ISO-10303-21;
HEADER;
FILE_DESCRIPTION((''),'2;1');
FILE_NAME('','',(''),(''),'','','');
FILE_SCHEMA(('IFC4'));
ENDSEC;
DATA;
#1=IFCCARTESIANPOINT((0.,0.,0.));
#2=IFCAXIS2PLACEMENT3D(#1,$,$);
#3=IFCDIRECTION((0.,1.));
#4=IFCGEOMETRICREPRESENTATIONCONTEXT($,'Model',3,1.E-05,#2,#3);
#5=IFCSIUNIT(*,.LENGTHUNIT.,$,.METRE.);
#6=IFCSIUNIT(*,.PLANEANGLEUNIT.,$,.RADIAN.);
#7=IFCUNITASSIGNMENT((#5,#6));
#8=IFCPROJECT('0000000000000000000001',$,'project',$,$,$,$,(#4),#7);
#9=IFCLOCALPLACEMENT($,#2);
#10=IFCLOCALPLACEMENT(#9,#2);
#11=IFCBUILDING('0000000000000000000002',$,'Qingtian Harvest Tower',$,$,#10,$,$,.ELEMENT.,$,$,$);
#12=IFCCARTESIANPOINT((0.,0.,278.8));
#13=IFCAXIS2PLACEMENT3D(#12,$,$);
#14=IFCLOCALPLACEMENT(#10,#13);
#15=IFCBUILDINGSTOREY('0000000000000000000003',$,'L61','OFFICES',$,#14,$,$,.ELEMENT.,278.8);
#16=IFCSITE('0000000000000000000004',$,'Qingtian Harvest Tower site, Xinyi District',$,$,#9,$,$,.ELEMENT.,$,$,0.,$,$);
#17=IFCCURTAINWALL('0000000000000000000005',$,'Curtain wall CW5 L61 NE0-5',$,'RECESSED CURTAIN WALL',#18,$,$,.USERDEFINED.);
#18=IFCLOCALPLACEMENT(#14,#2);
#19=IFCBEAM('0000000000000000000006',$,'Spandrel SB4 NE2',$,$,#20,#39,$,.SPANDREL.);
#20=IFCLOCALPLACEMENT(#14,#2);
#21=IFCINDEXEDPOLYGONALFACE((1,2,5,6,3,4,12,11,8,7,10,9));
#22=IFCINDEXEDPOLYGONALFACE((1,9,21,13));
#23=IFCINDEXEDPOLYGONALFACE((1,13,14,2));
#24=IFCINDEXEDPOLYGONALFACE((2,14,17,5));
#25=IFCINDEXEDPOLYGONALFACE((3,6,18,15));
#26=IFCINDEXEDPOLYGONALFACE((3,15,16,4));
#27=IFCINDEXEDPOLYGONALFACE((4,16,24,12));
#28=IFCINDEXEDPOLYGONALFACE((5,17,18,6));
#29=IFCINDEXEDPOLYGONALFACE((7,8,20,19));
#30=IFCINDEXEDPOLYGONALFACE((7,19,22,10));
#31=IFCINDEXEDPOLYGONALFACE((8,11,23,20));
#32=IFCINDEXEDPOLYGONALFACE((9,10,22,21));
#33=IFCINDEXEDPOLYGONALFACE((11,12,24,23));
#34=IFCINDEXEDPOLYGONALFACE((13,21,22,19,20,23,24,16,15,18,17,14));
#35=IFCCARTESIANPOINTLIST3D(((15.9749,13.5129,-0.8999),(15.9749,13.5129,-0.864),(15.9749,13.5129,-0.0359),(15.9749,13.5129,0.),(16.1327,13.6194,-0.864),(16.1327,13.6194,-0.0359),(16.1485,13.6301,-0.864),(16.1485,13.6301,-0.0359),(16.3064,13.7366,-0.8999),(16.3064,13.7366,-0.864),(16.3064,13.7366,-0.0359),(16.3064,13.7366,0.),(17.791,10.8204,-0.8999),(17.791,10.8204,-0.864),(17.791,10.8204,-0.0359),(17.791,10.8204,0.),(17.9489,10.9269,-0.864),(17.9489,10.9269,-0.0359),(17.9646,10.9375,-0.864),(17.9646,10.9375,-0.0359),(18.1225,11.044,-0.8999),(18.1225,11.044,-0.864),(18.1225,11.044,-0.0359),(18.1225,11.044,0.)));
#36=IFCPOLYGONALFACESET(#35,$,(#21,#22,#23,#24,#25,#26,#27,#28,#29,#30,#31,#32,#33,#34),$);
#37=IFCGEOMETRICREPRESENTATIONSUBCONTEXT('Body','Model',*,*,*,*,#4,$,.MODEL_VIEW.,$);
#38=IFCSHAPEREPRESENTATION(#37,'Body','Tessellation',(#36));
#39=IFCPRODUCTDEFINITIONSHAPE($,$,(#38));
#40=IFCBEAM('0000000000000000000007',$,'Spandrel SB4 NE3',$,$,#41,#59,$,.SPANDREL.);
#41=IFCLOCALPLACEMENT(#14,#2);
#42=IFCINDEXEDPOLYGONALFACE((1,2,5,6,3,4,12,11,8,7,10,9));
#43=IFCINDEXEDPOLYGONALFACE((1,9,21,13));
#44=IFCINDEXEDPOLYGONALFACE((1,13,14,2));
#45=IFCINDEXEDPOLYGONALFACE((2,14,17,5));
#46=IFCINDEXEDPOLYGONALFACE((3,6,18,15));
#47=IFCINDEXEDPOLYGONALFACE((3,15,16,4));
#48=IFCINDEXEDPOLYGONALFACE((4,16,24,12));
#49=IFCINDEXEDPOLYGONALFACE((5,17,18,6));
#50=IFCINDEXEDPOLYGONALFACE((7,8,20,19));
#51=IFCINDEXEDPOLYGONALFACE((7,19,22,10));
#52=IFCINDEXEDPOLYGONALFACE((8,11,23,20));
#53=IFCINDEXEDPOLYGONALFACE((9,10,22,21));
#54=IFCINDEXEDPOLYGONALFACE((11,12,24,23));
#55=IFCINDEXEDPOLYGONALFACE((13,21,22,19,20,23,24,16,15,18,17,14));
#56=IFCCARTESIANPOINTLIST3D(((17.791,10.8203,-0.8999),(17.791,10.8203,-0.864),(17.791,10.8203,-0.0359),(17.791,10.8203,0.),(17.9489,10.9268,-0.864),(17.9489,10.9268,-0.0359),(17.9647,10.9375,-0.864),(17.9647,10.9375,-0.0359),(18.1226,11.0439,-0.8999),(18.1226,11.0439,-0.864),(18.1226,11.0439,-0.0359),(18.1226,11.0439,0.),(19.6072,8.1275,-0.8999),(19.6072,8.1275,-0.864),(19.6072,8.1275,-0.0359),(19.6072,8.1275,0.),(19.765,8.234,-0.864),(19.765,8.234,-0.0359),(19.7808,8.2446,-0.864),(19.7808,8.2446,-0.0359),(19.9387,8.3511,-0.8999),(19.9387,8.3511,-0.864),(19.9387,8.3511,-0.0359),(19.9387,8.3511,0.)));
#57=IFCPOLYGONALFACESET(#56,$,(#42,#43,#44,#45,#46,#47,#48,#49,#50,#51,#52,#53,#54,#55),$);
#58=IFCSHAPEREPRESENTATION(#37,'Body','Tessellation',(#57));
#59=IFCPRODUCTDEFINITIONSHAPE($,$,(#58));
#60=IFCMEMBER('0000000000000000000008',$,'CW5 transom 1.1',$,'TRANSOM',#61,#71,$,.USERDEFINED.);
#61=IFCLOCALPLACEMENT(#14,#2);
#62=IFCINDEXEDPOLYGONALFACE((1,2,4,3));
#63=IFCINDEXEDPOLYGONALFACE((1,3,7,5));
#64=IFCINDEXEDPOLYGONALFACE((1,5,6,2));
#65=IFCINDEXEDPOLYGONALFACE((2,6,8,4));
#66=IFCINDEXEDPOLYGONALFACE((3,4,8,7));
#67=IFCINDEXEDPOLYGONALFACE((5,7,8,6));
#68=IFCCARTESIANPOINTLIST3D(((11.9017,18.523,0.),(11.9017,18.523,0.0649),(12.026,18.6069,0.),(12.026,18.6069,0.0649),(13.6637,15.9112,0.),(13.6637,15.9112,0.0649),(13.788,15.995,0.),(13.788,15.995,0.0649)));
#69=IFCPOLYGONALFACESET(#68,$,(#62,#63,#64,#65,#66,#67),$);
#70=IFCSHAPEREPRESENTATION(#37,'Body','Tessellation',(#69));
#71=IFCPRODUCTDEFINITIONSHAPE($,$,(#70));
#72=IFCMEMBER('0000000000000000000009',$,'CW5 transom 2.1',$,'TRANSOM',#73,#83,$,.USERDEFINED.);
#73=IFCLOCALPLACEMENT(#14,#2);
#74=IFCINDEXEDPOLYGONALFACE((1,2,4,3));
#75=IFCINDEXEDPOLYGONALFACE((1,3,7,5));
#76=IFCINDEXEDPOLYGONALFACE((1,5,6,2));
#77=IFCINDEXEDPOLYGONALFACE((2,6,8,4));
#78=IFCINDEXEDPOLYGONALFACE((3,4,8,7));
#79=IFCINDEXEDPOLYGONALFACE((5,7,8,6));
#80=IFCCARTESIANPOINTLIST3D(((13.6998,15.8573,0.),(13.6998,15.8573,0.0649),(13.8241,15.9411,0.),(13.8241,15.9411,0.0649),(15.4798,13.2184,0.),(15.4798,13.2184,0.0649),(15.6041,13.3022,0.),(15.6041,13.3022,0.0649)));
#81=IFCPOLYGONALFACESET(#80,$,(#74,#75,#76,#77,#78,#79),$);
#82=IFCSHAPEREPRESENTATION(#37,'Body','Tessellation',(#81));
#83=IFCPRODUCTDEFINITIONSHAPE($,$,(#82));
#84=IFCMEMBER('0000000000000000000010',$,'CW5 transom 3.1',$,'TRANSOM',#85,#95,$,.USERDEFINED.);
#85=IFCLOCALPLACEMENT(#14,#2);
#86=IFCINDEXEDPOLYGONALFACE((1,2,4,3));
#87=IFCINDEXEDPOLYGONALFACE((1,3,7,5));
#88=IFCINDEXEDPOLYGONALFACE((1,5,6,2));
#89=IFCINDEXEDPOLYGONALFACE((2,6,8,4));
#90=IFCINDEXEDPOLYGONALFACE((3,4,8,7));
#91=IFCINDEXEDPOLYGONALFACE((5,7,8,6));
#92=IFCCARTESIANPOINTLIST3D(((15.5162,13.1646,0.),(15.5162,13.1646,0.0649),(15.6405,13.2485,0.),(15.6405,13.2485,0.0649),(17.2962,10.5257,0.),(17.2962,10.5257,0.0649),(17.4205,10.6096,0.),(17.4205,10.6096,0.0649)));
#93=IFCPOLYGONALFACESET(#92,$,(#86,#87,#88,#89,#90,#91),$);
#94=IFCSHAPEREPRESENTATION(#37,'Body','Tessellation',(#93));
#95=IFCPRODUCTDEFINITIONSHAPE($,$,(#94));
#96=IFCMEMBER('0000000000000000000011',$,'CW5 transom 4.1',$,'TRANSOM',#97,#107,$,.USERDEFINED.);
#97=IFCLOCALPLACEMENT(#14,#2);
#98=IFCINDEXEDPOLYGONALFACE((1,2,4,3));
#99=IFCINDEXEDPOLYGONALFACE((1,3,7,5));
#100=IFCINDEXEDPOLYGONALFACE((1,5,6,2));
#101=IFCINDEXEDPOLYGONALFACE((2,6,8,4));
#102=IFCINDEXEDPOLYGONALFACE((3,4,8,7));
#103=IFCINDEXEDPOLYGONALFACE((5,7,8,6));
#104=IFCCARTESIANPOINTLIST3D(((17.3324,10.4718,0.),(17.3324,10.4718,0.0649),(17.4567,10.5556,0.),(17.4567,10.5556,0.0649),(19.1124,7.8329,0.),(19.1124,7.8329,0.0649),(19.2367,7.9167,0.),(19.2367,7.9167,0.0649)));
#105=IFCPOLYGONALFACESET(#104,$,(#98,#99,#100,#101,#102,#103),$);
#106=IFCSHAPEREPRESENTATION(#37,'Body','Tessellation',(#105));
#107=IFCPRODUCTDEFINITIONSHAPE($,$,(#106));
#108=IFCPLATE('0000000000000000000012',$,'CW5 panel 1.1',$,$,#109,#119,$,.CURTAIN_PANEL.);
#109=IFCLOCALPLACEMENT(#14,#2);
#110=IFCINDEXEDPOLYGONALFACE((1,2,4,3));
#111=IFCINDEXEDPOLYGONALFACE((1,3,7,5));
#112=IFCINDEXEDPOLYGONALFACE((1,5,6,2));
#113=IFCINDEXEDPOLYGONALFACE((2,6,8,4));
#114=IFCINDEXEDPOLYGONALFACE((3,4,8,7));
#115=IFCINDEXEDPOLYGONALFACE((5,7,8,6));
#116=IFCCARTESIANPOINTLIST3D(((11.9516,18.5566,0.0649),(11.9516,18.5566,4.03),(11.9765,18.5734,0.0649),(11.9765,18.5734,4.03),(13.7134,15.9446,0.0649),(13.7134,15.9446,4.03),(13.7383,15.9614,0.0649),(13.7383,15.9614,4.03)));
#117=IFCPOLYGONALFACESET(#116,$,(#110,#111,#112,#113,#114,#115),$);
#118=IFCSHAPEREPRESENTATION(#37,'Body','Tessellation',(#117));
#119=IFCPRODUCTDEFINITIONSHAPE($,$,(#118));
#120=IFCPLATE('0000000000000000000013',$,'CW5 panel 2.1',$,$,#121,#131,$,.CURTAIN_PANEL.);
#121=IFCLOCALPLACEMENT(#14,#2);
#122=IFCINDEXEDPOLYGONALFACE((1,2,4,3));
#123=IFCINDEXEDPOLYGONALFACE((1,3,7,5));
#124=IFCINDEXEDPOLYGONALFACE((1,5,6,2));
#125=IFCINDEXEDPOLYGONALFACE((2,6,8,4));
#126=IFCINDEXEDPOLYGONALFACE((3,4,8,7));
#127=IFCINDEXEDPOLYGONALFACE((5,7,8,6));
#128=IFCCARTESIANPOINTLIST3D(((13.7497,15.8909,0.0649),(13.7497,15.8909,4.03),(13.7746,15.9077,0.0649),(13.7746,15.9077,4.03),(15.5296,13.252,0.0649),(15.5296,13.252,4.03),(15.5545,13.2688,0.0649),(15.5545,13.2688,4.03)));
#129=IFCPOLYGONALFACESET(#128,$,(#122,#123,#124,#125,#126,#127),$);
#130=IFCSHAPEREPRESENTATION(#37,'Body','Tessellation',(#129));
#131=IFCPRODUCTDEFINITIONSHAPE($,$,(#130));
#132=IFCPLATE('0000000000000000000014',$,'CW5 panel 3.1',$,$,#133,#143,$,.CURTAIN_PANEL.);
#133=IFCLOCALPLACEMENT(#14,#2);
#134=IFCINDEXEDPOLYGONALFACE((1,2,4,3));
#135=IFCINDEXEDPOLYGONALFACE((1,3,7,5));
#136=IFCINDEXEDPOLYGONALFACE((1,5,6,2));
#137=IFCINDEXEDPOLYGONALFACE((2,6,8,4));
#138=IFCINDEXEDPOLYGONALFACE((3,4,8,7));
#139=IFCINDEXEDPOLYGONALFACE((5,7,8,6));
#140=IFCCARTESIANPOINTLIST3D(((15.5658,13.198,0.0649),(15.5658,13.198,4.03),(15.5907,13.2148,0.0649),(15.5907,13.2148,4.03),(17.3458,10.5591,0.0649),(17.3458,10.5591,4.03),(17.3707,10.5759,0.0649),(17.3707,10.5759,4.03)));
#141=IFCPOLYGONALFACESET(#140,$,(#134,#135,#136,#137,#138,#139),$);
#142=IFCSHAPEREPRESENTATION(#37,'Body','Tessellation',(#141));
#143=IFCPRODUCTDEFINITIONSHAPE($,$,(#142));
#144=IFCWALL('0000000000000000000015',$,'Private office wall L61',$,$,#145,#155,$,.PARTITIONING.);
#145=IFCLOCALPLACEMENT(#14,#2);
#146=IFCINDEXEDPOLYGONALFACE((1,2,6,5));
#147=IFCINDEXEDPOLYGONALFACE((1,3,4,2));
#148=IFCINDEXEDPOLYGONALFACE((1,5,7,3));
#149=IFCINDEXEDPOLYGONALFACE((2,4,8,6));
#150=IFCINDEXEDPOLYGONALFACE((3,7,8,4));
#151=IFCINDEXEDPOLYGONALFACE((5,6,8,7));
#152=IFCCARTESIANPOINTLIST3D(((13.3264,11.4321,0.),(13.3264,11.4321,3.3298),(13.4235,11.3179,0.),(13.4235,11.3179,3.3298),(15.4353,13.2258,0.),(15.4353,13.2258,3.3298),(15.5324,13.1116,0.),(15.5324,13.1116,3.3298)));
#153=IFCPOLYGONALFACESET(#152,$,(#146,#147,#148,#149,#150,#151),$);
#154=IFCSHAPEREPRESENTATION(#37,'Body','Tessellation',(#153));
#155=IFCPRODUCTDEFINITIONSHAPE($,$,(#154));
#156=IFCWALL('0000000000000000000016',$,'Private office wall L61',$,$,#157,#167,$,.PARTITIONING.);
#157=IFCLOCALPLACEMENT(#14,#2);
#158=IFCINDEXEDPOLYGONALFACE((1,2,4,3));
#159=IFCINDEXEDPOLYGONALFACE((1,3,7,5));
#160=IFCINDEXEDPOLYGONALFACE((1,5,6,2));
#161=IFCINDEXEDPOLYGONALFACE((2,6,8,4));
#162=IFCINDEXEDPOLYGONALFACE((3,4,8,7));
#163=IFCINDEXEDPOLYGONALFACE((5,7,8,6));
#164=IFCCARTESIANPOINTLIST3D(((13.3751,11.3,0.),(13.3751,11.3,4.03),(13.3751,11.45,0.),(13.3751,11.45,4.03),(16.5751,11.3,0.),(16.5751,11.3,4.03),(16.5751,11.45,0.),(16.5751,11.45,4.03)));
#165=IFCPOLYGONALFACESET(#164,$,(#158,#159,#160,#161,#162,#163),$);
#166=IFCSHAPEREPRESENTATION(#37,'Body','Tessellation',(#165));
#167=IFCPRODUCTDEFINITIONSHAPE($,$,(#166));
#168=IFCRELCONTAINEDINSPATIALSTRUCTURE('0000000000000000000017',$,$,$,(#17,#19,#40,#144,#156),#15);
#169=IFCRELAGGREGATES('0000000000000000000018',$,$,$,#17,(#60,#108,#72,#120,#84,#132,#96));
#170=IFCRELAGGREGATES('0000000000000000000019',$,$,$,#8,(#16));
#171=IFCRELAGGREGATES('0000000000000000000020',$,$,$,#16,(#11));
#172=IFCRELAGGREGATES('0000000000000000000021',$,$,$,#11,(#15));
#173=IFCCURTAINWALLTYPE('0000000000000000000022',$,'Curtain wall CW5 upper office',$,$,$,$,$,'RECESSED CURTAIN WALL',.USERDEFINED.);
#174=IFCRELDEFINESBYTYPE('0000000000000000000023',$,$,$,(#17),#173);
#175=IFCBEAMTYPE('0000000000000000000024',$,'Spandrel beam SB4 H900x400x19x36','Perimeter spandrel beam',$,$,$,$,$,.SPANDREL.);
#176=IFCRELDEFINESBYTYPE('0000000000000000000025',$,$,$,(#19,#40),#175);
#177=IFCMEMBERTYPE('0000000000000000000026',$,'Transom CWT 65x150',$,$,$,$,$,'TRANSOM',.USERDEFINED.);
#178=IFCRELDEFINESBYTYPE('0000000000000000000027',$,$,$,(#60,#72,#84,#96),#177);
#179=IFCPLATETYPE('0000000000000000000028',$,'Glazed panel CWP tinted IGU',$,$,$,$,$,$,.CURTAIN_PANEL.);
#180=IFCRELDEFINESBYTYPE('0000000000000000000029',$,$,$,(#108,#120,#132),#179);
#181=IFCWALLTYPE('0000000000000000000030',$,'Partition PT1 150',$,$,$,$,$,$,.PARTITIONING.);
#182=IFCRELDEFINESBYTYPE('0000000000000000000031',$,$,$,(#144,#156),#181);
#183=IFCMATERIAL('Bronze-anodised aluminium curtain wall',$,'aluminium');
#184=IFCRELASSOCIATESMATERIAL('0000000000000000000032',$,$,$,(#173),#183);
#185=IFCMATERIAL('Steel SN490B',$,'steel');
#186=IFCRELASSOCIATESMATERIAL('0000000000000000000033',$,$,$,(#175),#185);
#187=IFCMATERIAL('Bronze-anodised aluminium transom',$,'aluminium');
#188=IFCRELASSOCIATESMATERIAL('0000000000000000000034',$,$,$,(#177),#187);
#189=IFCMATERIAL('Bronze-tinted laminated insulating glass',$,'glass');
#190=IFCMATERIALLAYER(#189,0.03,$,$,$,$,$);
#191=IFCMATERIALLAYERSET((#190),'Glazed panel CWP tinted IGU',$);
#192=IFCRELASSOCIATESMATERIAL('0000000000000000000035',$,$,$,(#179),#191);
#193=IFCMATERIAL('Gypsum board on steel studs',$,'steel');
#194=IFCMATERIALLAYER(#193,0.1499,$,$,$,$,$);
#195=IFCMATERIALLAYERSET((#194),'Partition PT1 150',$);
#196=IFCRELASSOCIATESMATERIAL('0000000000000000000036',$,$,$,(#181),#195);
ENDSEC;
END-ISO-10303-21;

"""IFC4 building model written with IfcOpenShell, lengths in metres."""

from ifc_helpers import new_model, si_unit, direction, frame, frame_2d, origin, origin_2d, place, context, subcontext, project, spatial, rectangle, i_section, extrude, material, layer, layer_set, material_profile, profile_set, type_object, element, aggregate, save


model = new_model("IFC4")

# Units and contexts
model_context = context("Model", 3, precision=1e-05, world=origin(), true_north=direction((0.0, 1.0)))
body_context = subcontext(model_context, "Body", "Model", "MODEL_VIEW")
ifc_project = project(units=[si_unit("LENGTHUNIT", "METRE"), si_unit("PLANEANGLEUNIT", "RADIAN")], contexts=[model_context])

# Site, building, storey
site_placement = place(None, origin())
site = spatial("IfcSite", under=ifc_project, at=site_placement, Name="Qingtian Harvest Tower site, Xinyi District", CompositionType="ELEMENT", RefElevation=0.0)
building_placement = place(site_placement, origin())
building = spatial("IfcBuilding", under=site, at=building_placement, Name="Qingtian Harvest Tower", CompositionType="ELEMENT")
storey_placement = place(building_placement, frame((0.0, 0.0, 278.8)))
storey = spatial("IfcBuildingStorey", under=building, at=storey_placement, Name="L61", Description="OFFICES", CompositionType="ELEMENT", Elevation=278.8)

# Shared definitions
ifc_material_1 = material(Name="Bronze-anodised aluminium curtain wall", Category="aluminium")
curtain_wall_type = type_object("IfcCurtainWallType", Name="Curtain wall CW5 upper office", ElementType="RECESSED CURTAIN WALL", PredefinedType="USERDEFINED", material=ifc_material_1)

# Curtain wall
curtain_wall_1_placement = place(storey_placement, origin())
curtain_wall_1 = element("IfcCurtainWall", 1, at=curtain_wall_1_placement, inside=storey, type_object=curtain_wall_type, Name="Curtain wall CW5 L61 NE0-5", ObjectType="RECESSED CURTAIN WALL", PredefinedType="USERDEFINED")

# Beams
ifc_material_2 = material(Name="Steel SN490B", Category="steel")
ifc_material_profile_1 = material_profile(ifc_material_2, i_section(OverallWidth=0.3999, OverallDepth=0.8999, WebThickness=0.019, FlangeThickness=0.0359, at=origin_2d()), Name="H900x400x19x36")
ifc_profile_set_1 = profile_set([ifc_material_profile_1], Name="Steel SN490B")
beam_type_1 = type_object("IfcBeamType", Name="Spandrel beam SB4 H900x400x19x36", Description="Perimeter spandrel beam", PredefinedType="SPANDREL", material=ifc_profile_set_1)
beam_1_placement = place(storey_placement, frame((16.1406, 13.6248, -0.45), z_axis=(0.559185, -0.829043, 0.0), x_axis=(0.829043, 0.559185, 0.0)))
element("IfcBeam", 2, at=beam_1_placement, inside=storey, type_object=beam_type_1, Name="Spandrel SB4 NE2", PredefinedType="SPANDREL", context=body_context, shape_type="SweptSolid", body=[
    extrude(i_section(OverallWidth=0.3999, OverallDepth=0.8999, WebThickness=0.019, FlangeThickness=0.0359, at=origin_2d()), origin(), (0.0, 0.0, 1.0), 3.2478),
])
beam_2_placement = place(storey_placement, frame((17.9568, 10.9321, -0.45), z_axis=(0.55915, -0.829066, 0.0), x_axis=(0.829066, 0.55915, 0.0)))
element("IfcBeam", 3, at=beam_2_placement, inside=storey, type_object=beam_type_1, Name="Spandrel SB4 NE3", PredefinedType="SPANDREL", context=body_context, shape_type="SweptSolid", body=[
    extrude(i_section(OverallWidth=0.3999, OverallDepth=0.8999, WebThickness=0.019, FlangeThickness=0.0359, at=origin_2d()), origin(), (0.0, 0.0, 1.0), 3.248),
])

# Members
ifc_material_3 = material(Name="Bronze-anodised aluminium transom", Category="aluminium")
ifc_material_profile_2 = material_profile(ifc_material_3, rectangle(XDim=0.1499, YDim=0.0649, at=origin_2d()), Name="AL 65x150")
ifc_profile_set_2 = profile_set([ifc_material_profile_2], Name="Bronze-anodised aluminium transom")
member_type_1 = type_object("IfcMemberType", Name="Transom CWT 65x150", ElementType="TRANSOM", PredefinedType="USERDEFINED", material=ifc_profile_set_2)
member_1_placement = place(storey_placement, frame((11.9639, 18.5649, 0.0325), z_axis=(0.559252, -0.828998, 0.0), x_axis=(0.828998, 0.559252, 0.0)))
member_1 = element("IfcMember", 4, at=member_1_placement, type_object=member_type_1, Name="CW5 transom 1.1", ObjectType="TRANSOM", PredefinedType="USERDEFINED", context=body_context, shape_type="SweptSolid", body=[
    extrude(rectangle(XDim=0.1499, YDim=0.0649, at=origin_2d()), origin(), (0.0, 0.0, 1.0), 3.1506),
])
member_2_placement = place(storey_placement, frame((13.762, 15.8992, 0.0325), z_axis=(0.559205, -0.829029, 0.0), x_axis=(0.829029, 0.559205, 0.0)))
member_2 = element("IfcMember", 5, at=member_2_placement, type_object=member_type_1, Name="CW5 transom 2.1", ObjectType="TRANSOM", PredefinedType="USERDEFINED", context=body_context, shape_type="SweptSolid", body=[
    extrude(rectangle(XDim=0.1499, YDim=0.0649, at=origin_2d()), origin(), (0.0, 0.0, 1.0), 3.1831),
])
member_3_placement = place(storey_placement, frame((15.5784, 13.2065, 0.0325), z_axis=(0.559205, -0.829029, 0.0), x_axis=(0.829029, 0.559205, 0.0)))
member_3 = element("IfcMember", 6, at=member_3_placement, type_object=member_type_1, Name="CW5 transom 3.1", ObjectType="TRANSOM", PredefinedType="USERDEFINED", context=body_context, shape_type="SweptSolid", body=[
    extrude(rectangle(XDim=0.1499, YDim=0.0649, at=origin_2d()), origin(), (0.0, 0.0, 1.0), 3.1831),
])
member_4_placement = place(storey_placement, frame((17.3945, 10.5137, 0.0325), z_axis=(0.559205, -0.829029, 0.0), x_axis=(0.829029, 0.559205, 0.0)))
member_4 = element("IfcMember", 7, at=member_4_placement, type_object=member_type_1, Name="CW5 transom 4.1", ObjectType="TRANSOM", PredefinedType="USERDEFINED", context=body_context, shape_type="SweptSolid", body=[
    extrude(rectangle(XDim=0.1499, YDim=0.0649, at=origin_2d()), origin(), (0.0, 0.0, 1.0), 3.1831),
])

# Plates
ifc_material_4 = material(Name="Bronze-tinted laminated insulating glass", Category="glass")
ifc_layer_1 = layer(ifc_material_4, 0.03)
ifc_layer_set_1 = layer_set([ifc_layer_1], Name="Glazed panel CWP tinted IGU")
plate_type = type_object("IfcPlateType", Name="Glazed panel CWP tinted IGU", PredefinedType="CURTAIN_PANEL", material=ifc_layer_set_1)
plate_1_placement = place(storey_placement, frame((12.845, 17.259, 0.0649), z_axis=(0.0, 0.0, 1.0), x_axis=(0.559193, -0.829038, 0.0)))
plate_1 = element("IfcPlate", 8, at=plate_1_placement, type_object=plate_type, Name="CW5 panel 1.1", PredefinedType="CURTAIN_PANEL", context=body_context, shape_type="SweptSolid", body=[
    extrude(rectangle(XDim=3.1506, YDim=0.03, at=origin_2d()), origin(), (0.0, 0.0, 1.0), 3.9651),
])
plate_2_placement = place(storey_placement, frame((14.6521, 14.5798, 0.0649), z_axis=(0.0, 0.0, 1.0), x_axis=(0.559193, -0.829038, 0.0)))
plate_2 = element("IfcPlate", 9, at=plate_2_placement, type_object=plate_type, Name="CW5 panel 2.1", PredefinedType="CURTAIN_PANEL", context=body_context, shape_type="SweptSolid", body=[
    extrude(rectangle(XDim=3.1831, YDim=0.03, at=origin_2d()), origin(), (0.0, 0.0, 1.0), 3.9651),
])
plate_3_placement = place(storey_placement, frame((16.4683, 11.887, 0.0649), z_axis=(0.0, 0.0, 1.0), x_axis=(0.559193, -0.829038, 0.0)))
plate_3 = element("IfcPlate", 10, at=plate_3_placement, type_object=plate_type, Name="CW5 panel 3.1", PredefinedType="CURTAIN_PANEL", context=body_context, shape_type="SweptSolid", body=[
    extrude(rectangle(XDim=3.1831, YDim=0.03, at=origin_2d()), origin(), (0.0, 0.0, 1.0), 3.9651),
])
aggregate(curtain_wall_1, [member_1, plate_1, member_2, plate_2, member_3, plate_3, member_4])

# Walls
ifc_material_5 = material(Name="Gypsum board on steel studs", Category="steel")
ifc_layer_2 = layer(ifc_material_5, 0.1499)
ifc_layer_set_2 = layer_set([ifc_layer_2], Name="Partition PT1 150")
wall_type = type_object("IfcWallType", Name="Partition PT1 150", PredefinedType="PARTITIONING", material=ifc_layer_set_2)
wall_1_placement = place(storey_placement, frame((15.4839, 13.1687, 0.0), z_axis=(0.0, 0.0, 1.0), x_axis=(-0.761735, -0.647889, 0.0)))
element("IfcWall", 11, at=wall_1_placement, inside=storey, type_object=wall_type, Name="Private office wall L61", PredefinedType="PARTITIONING", context=body_context, shape_type="SweptSolid", body=[
    extrude(rectangle(XDim=2.7686, YDim=0.1499, at=frame_2d((1.3843, 0.0))), origin(), (0.0, 0.0, 1.0), 3.3298),
])
wall_2_placement = place(storey_placement, frame((13.375, 11.375, 0.0), z_axis=(0.0, 0.0, 1.0), x_axis=(1.0, 0.0, 0.0)))
element("IfcWall", 12, at=wall_2_placement, inside=storey, type_object=wall_type, Name="Private office wall L61", PredefinedType="PARTITIONING", context=body_context, shape_type="SweptSolid", body=[
    extrude(rectangle(XDim=3.2, YDim=0.1499, at=frame_2d((1.6001, 0.0))), origin(), (0.0, 0.0, 1.0), 4.03),
])

save(model, "model.ifc")
